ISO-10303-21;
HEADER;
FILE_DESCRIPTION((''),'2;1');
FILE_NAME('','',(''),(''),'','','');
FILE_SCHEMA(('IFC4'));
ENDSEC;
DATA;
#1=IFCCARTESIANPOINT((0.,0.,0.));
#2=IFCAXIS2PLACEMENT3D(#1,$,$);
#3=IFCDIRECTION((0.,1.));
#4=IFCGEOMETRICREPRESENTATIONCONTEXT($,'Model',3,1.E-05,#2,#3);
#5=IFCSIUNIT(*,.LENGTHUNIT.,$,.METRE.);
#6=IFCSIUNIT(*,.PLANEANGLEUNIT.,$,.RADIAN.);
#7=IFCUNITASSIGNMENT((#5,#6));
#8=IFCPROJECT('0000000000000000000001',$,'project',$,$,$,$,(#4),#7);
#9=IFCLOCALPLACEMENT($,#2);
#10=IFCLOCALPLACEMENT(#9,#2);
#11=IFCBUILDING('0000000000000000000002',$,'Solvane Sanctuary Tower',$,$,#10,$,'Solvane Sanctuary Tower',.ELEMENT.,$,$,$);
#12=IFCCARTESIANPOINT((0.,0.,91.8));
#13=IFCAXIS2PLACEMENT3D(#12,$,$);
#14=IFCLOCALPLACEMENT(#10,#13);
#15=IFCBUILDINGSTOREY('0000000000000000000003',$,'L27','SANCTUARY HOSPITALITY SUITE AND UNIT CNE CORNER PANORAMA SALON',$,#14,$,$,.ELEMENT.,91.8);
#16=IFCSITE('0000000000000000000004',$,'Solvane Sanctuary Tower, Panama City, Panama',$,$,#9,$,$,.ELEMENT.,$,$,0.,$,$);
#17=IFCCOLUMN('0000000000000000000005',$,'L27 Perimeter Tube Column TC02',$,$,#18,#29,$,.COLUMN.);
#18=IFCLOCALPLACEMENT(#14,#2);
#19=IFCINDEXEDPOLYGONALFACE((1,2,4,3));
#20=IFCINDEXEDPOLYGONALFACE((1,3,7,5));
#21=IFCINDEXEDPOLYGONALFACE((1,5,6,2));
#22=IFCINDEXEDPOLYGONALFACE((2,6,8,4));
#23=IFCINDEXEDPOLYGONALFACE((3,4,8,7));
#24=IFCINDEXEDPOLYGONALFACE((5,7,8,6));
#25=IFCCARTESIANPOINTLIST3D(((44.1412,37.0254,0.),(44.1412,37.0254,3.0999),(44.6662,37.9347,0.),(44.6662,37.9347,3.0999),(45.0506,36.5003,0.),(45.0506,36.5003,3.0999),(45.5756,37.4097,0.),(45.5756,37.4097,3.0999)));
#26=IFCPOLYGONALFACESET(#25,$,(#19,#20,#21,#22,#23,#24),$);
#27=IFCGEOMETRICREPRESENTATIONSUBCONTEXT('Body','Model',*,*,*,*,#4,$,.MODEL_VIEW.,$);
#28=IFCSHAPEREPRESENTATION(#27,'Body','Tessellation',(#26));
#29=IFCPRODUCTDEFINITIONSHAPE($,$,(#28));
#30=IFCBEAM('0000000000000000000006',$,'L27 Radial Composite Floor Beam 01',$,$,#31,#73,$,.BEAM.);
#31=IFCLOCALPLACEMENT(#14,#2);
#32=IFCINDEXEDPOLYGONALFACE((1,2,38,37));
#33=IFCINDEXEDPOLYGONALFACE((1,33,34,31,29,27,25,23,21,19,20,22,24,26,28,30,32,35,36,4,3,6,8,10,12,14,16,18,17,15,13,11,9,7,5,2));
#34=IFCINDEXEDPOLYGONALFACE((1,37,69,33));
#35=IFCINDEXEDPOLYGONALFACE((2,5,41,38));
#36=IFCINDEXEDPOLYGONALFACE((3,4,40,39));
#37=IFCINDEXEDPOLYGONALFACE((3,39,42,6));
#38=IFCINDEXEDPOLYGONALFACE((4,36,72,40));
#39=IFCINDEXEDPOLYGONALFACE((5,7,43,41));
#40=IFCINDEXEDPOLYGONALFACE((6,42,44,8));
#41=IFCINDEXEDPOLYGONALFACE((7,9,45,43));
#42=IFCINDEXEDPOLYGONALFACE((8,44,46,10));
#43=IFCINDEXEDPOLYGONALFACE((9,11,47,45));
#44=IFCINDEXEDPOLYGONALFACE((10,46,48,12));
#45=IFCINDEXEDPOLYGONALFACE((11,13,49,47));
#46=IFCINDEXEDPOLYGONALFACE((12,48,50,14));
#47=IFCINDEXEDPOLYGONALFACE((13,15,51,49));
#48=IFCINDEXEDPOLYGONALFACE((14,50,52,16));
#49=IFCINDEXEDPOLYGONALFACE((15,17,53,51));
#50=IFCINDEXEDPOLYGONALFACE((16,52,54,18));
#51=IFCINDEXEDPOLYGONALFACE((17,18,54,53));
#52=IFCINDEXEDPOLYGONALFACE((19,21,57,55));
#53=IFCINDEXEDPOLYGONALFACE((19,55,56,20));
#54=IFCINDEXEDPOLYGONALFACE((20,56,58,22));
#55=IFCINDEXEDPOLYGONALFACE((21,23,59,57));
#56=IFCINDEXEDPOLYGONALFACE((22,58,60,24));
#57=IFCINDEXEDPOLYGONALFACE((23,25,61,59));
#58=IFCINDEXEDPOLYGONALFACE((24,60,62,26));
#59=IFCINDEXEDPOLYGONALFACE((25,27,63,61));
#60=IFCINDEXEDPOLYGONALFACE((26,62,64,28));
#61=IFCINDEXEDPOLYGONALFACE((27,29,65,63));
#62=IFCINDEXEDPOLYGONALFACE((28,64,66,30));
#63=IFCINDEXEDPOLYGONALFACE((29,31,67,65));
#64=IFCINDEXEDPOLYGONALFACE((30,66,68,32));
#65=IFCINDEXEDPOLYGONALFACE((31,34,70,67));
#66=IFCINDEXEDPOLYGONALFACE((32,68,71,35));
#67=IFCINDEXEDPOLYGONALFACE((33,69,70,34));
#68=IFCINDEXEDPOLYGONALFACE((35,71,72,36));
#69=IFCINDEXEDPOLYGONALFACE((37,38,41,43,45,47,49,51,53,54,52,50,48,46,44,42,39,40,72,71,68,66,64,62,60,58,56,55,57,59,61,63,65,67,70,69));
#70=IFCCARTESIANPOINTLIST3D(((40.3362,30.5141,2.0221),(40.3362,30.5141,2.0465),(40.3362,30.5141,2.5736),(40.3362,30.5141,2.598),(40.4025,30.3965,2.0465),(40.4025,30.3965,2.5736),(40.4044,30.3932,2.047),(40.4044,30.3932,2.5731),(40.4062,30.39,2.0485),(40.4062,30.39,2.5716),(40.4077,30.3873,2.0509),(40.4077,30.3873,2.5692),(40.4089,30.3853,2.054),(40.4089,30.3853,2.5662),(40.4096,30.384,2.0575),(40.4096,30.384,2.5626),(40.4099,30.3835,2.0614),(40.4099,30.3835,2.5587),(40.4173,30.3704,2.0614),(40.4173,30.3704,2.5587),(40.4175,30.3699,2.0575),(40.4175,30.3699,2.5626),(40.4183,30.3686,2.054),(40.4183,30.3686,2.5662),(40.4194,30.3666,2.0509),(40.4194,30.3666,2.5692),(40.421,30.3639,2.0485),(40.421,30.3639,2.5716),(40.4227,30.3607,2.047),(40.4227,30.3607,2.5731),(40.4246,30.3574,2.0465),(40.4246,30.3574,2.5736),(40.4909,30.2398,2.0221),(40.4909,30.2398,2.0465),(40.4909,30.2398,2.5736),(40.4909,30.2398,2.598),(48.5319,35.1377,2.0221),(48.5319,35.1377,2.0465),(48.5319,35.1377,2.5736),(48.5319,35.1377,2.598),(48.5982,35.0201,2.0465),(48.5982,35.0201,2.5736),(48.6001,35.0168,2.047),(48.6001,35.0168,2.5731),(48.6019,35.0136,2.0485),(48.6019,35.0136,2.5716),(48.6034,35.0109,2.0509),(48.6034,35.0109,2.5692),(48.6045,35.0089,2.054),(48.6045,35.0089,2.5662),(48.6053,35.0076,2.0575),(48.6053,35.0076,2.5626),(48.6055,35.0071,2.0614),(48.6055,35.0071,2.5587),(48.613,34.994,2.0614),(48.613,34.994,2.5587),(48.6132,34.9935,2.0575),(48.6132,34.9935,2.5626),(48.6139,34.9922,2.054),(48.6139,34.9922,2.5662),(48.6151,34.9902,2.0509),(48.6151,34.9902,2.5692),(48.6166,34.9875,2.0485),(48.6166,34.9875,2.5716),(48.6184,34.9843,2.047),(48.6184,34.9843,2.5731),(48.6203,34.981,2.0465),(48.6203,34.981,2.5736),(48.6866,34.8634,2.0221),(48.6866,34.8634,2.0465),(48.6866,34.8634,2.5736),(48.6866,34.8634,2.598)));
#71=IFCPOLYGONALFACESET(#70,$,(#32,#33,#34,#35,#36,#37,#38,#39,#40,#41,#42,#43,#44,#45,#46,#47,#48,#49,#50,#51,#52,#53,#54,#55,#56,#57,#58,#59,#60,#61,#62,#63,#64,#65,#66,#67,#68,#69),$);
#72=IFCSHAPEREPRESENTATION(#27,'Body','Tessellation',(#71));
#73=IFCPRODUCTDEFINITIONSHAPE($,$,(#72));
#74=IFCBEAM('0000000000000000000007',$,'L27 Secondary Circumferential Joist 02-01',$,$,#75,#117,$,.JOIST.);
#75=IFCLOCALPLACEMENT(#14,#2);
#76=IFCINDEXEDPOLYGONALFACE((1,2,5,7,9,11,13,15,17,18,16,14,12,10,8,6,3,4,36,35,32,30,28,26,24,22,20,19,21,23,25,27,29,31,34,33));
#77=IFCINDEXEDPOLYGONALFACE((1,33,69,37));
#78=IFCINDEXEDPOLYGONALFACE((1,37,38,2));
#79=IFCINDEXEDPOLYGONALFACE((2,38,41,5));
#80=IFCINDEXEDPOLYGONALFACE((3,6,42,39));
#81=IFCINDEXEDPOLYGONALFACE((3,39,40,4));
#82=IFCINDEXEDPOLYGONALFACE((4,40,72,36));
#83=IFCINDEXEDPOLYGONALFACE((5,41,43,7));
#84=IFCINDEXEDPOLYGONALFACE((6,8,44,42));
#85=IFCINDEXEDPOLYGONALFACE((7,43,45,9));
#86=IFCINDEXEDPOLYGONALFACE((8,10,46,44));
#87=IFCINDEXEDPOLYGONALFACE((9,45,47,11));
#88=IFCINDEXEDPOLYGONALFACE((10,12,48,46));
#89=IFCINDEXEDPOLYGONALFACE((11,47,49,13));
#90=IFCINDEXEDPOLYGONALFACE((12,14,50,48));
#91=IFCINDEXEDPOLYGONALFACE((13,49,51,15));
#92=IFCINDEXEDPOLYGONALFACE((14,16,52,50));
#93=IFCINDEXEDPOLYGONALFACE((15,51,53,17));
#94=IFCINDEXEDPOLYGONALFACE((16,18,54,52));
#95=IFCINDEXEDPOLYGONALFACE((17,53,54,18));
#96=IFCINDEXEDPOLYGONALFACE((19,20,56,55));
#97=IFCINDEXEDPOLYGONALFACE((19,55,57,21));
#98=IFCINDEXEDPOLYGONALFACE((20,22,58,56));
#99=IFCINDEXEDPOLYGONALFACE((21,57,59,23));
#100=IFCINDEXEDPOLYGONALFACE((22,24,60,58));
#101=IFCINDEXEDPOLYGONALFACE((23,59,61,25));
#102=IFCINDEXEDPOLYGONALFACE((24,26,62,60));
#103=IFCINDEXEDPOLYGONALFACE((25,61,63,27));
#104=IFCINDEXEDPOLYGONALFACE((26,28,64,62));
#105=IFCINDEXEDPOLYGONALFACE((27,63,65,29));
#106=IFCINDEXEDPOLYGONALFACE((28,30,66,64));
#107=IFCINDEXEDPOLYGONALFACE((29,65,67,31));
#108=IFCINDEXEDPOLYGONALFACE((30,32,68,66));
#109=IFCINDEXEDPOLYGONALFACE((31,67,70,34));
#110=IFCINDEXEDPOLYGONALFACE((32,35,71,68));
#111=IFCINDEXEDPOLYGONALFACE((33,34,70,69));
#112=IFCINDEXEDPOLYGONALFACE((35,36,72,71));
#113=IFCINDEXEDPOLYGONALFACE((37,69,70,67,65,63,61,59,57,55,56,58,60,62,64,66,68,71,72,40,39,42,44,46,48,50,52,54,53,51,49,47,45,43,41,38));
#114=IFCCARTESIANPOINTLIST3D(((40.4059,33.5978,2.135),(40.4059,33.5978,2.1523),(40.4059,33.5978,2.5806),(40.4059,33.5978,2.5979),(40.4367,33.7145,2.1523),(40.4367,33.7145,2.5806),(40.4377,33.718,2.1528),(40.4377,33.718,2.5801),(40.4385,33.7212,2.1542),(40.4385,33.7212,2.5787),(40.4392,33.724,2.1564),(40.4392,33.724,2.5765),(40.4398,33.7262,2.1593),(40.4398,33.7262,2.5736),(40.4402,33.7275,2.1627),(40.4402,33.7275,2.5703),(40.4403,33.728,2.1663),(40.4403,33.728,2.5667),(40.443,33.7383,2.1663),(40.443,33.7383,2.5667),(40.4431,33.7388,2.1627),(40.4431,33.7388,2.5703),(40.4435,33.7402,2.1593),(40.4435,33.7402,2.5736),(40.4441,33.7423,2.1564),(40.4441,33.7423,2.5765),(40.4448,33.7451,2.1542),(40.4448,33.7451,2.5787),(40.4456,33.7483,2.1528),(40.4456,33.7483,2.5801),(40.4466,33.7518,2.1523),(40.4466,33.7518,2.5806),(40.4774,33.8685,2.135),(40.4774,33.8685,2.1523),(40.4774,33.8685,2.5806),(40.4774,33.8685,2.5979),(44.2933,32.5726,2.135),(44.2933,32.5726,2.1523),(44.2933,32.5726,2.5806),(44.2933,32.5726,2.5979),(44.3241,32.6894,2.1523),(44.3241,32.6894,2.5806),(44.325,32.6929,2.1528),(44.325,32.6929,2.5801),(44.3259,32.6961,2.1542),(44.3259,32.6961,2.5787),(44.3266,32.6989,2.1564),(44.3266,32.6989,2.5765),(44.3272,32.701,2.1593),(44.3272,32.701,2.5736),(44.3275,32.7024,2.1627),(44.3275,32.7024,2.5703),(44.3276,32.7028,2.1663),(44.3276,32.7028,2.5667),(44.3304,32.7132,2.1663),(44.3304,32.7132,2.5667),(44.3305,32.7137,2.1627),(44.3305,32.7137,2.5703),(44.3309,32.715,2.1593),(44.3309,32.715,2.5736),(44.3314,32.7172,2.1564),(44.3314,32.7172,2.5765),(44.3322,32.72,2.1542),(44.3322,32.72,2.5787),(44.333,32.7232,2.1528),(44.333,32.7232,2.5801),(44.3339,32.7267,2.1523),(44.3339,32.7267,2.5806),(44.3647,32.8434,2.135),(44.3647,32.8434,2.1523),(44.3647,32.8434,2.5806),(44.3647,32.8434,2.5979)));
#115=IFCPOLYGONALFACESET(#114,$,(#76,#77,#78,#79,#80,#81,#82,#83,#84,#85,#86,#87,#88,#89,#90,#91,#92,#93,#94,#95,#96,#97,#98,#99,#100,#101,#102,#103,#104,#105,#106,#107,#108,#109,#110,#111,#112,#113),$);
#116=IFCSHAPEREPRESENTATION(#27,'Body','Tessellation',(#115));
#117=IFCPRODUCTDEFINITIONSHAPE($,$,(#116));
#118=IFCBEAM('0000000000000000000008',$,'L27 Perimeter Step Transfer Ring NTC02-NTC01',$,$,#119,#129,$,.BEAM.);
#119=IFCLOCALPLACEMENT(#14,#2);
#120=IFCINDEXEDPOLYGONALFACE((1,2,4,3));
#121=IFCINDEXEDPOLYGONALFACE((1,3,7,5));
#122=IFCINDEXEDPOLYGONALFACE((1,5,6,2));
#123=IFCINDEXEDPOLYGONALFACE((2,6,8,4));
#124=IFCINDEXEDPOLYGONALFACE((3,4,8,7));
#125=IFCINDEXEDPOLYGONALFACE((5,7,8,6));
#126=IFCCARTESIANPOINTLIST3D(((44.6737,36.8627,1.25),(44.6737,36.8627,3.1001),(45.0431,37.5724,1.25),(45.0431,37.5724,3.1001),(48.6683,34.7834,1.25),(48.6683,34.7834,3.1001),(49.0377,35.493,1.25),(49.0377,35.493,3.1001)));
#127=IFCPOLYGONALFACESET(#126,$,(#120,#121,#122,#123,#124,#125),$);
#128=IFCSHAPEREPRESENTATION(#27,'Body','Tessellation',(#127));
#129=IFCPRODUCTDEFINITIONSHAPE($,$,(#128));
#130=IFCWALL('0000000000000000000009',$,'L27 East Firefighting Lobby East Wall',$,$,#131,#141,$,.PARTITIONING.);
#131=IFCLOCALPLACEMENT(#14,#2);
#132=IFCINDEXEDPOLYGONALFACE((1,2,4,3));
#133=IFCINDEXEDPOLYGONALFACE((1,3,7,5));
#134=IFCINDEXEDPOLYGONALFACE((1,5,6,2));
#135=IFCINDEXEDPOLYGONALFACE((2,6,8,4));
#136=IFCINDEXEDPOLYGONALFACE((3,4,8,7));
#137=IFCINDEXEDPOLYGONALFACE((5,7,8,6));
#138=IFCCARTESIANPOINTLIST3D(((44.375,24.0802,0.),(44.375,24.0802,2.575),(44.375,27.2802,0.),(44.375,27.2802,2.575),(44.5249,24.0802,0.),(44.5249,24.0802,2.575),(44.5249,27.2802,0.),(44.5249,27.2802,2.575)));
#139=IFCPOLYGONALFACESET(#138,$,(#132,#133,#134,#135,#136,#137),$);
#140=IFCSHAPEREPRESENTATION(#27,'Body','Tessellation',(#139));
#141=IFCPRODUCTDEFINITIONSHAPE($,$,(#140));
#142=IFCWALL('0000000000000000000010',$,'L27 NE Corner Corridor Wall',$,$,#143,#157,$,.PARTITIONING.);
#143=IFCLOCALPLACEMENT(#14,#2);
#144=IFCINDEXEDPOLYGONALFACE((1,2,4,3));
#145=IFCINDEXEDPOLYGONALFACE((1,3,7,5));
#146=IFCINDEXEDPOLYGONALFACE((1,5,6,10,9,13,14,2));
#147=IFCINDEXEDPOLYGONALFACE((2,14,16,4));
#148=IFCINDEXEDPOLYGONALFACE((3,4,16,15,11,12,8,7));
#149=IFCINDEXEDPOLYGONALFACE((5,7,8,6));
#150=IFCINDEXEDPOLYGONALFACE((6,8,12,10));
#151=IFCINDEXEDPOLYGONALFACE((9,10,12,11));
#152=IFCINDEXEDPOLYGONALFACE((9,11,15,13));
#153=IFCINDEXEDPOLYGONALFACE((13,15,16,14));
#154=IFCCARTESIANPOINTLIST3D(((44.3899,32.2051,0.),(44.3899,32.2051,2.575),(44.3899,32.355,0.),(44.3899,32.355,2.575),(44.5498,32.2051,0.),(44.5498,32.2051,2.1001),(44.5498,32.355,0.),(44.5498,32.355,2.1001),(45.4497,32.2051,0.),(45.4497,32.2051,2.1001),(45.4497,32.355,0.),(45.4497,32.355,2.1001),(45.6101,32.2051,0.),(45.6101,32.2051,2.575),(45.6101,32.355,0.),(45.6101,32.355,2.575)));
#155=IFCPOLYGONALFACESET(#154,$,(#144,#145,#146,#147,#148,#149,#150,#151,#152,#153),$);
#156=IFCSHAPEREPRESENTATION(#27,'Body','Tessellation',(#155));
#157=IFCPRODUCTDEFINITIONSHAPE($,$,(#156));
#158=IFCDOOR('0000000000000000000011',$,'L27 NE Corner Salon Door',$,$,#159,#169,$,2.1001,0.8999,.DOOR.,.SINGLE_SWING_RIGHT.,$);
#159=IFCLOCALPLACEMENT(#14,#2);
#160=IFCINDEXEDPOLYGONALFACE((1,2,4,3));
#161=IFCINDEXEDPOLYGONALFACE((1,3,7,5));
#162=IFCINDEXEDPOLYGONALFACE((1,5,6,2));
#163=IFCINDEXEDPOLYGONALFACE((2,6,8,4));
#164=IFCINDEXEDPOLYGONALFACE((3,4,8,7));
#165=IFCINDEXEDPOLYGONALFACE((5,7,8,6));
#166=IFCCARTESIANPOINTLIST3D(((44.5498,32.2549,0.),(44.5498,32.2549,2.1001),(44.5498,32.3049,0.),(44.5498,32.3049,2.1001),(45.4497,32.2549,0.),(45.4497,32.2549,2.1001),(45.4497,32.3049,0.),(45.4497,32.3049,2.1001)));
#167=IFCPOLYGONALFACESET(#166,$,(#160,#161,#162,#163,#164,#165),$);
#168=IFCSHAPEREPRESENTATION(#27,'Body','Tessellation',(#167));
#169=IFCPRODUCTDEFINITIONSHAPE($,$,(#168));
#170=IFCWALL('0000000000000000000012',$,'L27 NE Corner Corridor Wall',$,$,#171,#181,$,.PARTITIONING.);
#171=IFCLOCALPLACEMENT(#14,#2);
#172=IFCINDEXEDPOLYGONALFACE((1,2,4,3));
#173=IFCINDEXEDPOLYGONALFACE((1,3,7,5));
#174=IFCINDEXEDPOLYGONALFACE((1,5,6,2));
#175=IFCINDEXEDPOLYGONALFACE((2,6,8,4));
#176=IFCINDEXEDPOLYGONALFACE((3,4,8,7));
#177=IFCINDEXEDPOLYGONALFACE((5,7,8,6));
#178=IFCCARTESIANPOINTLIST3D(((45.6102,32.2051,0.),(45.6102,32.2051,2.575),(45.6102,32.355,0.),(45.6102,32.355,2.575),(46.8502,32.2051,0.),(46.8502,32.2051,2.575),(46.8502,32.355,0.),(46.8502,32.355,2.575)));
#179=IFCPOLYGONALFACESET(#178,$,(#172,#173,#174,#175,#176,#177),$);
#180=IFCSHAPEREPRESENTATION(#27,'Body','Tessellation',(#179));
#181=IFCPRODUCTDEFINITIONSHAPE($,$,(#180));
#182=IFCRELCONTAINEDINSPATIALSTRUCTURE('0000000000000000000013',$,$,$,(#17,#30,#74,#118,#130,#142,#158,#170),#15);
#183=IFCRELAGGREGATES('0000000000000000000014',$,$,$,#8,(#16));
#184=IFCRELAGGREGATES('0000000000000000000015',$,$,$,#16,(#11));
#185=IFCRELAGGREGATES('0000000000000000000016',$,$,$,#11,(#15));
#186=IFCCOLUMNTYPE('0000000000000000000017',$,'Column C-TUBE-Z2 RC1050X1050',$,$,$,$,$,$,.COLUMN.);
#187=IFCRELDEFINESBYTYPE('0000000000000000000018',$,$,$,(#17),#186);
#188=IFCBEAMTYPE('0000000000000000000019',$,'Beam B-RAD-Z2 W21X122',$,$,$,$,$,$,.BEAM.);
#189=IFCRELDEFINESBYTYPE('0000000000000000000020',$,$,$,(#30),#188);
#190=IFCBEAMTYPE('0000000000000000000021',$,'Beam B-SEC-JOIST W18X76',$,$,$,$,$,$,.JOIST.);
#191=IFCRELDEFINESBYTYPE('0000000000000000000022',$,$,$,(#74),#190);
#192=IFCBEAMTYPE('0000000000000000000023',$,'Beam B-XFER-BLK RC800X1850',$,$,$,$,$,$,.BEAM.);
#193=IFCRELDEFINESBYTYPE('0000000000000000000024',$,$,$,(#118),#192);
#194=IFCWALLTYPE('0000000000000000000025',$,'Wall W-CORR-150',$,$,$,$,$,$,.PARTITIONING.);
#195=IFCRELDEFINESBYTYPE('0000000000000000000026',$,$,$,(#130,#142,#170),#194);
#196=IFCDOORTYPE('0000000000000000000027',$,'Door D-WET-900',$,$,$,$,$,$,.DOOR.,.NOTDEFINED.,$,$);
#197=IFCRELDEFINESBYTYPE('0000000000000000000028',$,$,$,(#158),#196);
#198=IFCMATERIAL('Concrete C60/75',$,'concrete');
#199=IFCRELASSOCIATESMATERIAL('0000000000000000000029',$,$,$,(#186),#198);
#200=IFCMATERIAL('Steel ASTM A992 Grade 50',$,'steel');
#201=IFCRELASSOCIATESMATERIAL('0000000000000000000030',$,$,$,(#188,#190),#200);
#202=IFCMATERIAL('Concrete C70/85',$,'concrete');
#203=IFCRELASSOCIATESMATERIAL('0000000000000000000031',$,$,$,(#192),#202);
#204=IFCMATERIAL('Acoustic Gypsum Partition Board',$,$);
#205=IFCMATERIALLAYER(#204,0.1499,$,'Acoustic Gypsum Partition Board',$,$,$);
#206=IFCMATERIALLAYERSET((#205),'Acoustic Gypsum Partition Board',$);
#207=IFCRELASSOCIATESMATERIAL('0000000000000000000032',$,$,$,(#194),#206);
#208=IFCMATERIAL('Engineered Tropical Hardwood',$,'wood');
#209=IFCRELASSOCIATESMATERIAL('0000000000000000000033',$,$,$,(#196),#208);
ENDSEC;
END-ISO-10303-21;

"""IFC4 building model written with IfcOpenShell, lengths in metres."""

from ifc_helpers import new_model, si_unit, direction, frame, frame_2d, origin, origin_2d, place, context, subcontext, project, spatial, rectangle, i_section, extrude, material, layer, layer_set, material_profile, profile_set, type_object, element, fill, save


model = new_model("IFC4")

# Units and contexts
model_context = context("Model", 3, precision=1e-05, world=origin(), true_north=direction((0.0, 1.0)))
body_context = subcontext(model_context, "Body", "Model", "MODEL_VIEW")
ifc_project = project(units=[si_unit("LENGTHUNIT", "METRE"), si_unit("PLANEANGLEUNIT", "RADIAN")], contexts=[model_context])

# Site, building, storey
site_placement = place(None, origin())
site = spatial("IfcSite", under=ifc_project, at=site_placement, Name="Solvane Sanctuary Tower, Panama City, Panama", CompositionType="ELEMENT", RefElevation=0.0)
building_placement = place(site_placement, origin())
building = spatial("IfcBuilding", under=site, at=building_placement, Name="Solvane Sanctuary Tower", LongName="Solvane Sanctuary Tower", CompositionType="ELEMENT")
storey_placement = place(building_placement, frame((0.0, 0.0, 91.8)))
storey = spatial("IfcBuildingStorey", under=building, at=storey_placement, Name="L27", Description="SANCTUARY HOSPITALITY SUITE AND UNIT CNE CORNER PANORAMA SALON", CompositionType="ELEMENT", Elevation=91.8)

# Column
ifc_material_1 = material(Name="Concrete C60/75", Category="concrete")
ifc_material_profile_1 = material_profile(ifc_material_1, rectangle(XDim=1.05, YDim=1.05, at=origin_2d()), Name="RC1050X1050")
ifc_profile_set_1 = profile_set([ifc_material_profile_1], Name="Concrete C60/75")
column_type = type_object("IfcColumnType", Name="Column C-TUBE-Z2 RC1050X1050", PredefinedType="COLUMN", material=ifc_profile_set_1)
column_placement = place(storey_placement, frame((44.8584, 37.2175, 0.0), z_axis=(0.0, 0.0, 1.0), x_axis=(0.5, 0.866025, 0.0)))
element("IfcColumn", 1, at=column_placement, inside=storey, type_object=column_type, Name="L27 Perimeter Tube Column TC02", PredefinedType="COLUMN", context=body_context, shape_type="SweptSolid", body=[
    extrude(rectangle(XDim=1.05, YDim=1.05, at=origin_2d()), origin(), (0.0, 0.0, 1.0), 3.0999),
])

# Beams
ifc_material_2 = material(Name="Steel ASTM A992 Grade 50", Category="steel")
ifc_material_profile_2 = material_profile(ifc_material_2, i_section(OverallWidth=0.3149, OverallDepth=0.5759, WebThickness=0.0151, FlangeThickness=0.0244, FilletRadius=0.0149, at=origin_2d()), Name="W21X122")
ifc_profile_set_2 = profile_set([ifc_material_profile_2], Name="Steel ASTM A992 Grade 50")
beam_type_1 = type_object("IfcBeamType", Name="Beam B-RAD-Z2 W21X122", PredefinedType="BEAM", material=ifc_profile_set_2)
beam_1_placement = place(storey_placement, frame((40.4136, 30.377, 2.3101), z_axis=(0.87096, 0.491353, 0.0), x_axis=(-0.491353, 0.87096, 0.0)))
element("IfcBeam", 2, at=beam_1_placement, inside=storey, type_object=beam_type_1, Name="L27 Radial Composite Floor Beam 01", PredefinedType="BEAM", context=body_context, shape_type="SweptSolid", body=[
    extrude(i_section(OverallWidth=0.3149, OverallDepth=0.5759, WebThickness=0.0151, FlangeThickness=0.0244, FilletRadius=0.0149, at=origin_2d()), origin(), (0.0, 0.0, 1.0), 9.4099),
])
ifc_material_profile_3 = material_profile(ifc_material_2, i_section(OverallWidth=0.28, OverallDepth=0.4629, WebThickness=0.0107, FlangeThickness=0.0173, FilletRadius=0.0139, at=origin_2d()), Name="W18X76")
ifc_profile_set_3 = profile_set([ifc_material_profile_3], Name="Steel ASTM A992 Grade 50")
beam_type_2 = type_object("IfcBeamType", Name="Beam B-SEC-JOIST W18X76", PredefinedType="JOIST", material=ifc_profile_set_3)
beam_2_placement = place(storey_placement, frame((40.4417, 33.7332, 2.3665), z_axis=(0.966944, -0.254989, 0.0), x_axis=(0.254989, 0.966944, 0.0)))
element("IfcBeam", 3, at=beam_2_placement, inside=storey, type_object=beam_type_2, Name="L27 Secondary Circumferential Joist 02-01", PredefinedType="JOIST", context=body_context, shape_type="SweptSolid", body=[
    extrude(i_section(OverallWidth=0.28, OverallDepth=0.4629, WebThickness=0.0107, FlangeThickness=0.0173, FilletRadius=0.0139, at=origin_2d()), origin(), (0.0, 0.0, 1.0), 4.0203),
])
ifc_material_3 = material(Name="Concrete C70/85", Category="concrete")
ifc_material_profile_4 = material_profile(ifc_material_3, rectangle(XDim=0.8, YDim=1.8501, at=origin_2d()), Name="RC800X1850")
ifc_profile_set_4 = profile_set([ifc_material_profile_4], Name="Concrete C70/85")
beam_type_3 = type_object("IfcBeamType", Name="Beam B-XFER-BLK RC800X1850", PredefinedType="BEAM", material=ifc_profile_set_4)
beam_3_placement = place(storey_placement, frame((44.8584, 37.2175, 2.175), z_axis=(0.887022, -0.461727, 0.0), x_axis=(0.461727, 0.887022, 0.0)))
element("IfcBeam", 4, at=beam_3_placement, inside=storey, type_object=beam_type_3, Name="L27 Perimeter Step Transfer Ring NTC02-NTC01", PredefinedType="BEAM", context=body_context, shape_type="SweptSolid", body=[
    extrude(rectangle(XDim=0.8, YDim=1.8501, at=origin_2d()), origin(), (0.0, 0.0, 1.0), 4.5034),
])

# Wall
ifc_material_4 = material(Name="Acoustic Gypsum Partition Board")
ifc_layer_1 = layer(ifc_material_4, 0.1499, Name="Acoustic Gypsum Partition Board")
ifc_layer_set_1 = layer_set([ifc_layer_1], Name="Acoustic Gypsum Partition Board")
wall_type_1 = type_object("IfcWallType", Name="Wall W-CORR-150", PredefinedType="PARTITIONING", material=ifc_layer_set_1)
wall_1_placement = place(storey_placement, frame((44.45, 24.0801, 0.0), z_axis=(0.0, 0.0, 1.0), x_axis=(0.0, 1.0, 0.0)))
element("IfcWall", 5, at=wall_1_placement, inside=storey, type_object=wall_type_1, Name="L27 East Firefighting Lobby East Wall", PredefinedType="PARTITIONING", context=body_context, shape_type="SweptSolid", body=[
    extrude(rectangle(XDim=3.2, YDim=0.1499, at=frame_2d((1.6001, 0.0))), origin(), (0.0, 0.0, 1.0), 2.575),
])

# Wall, opening, door
wall_2_placement = place(storey_placement, frame((44.3899, 32.28, 0.0), z_axis=(0.0, 0.0, 1.0), x_axis=(1.0, 0.0, 0.0)))
wall_2 = element("IfcWall", 6, at=wall_2_placement, inside=storey, type_object=wall_type_1, Name="L27 NE Corner Corridor Wall", PredefinedType="PARTITIONING", context=body_context, shape_type="SweptSolid", body=[
    extrude(rectangle(XDim=1.2202, YDim=0.1499, at=frame_2d((0.6101, 0.0))), origin(), (0.0, 0.0, 1.0), 2.575),
])
opening_1_placement = place(wall_2_placement, frame((0.1599, 0.0, 0.0)))
opening_1 = element("IfcOpeningElement", 7, at=opening_1_placement, cuts=wall_2, PredefinedType="OPENING", context=body_context, shape_type="SweptSolid", body=[
    extrude(rectangle(XDim=0.8999, YDim=2.1001, at=frame_2d((0.45, 1.05))), frame((0.0, 0.085, 0.0), z_axis=(0.0, -1.0, 0.0), x_axis=(1.0, 0.0, 0.0)), (0.0, 0.0, 1.0), 0.1699),
])
ifc_material_5 = material(Name="Engineered Tropical Hardwood", Category="wood")
door_type_1 = type_object("IfcDoorType", Name="Door D-WET-900", OperationType="NOTDEFINED", PredefinedType="DOOR", material=ifc_material_5)
door_1_placement = place(opening_1_placement, origin())
door_1 = element("IfcDoor", 8, at=door_1_placement, inside=storey, type_object=door_type_1, Name="L27 NE Corner Salon Door", OperationType="SINGLE_SWING_RIGHT", OverallHeight=2.1001, OverallWidth=0.8999, PredefinedType="DOOR", context=body_context, shape_type="SweptSolid", body=[
    extrude(rectangle(XDim=0.8999, YDim=2.1001, at=frame_2d((0.45, 1.05))), frame((0.0, 0.0249, 0.0), z_axis=(0.0, -1.0, 0.0), x_axis=(1.0, 0.0, 0.0)), (0.0, 0.0, 1.0), 0.05),
])
fill(opening_1, door_1)

# Wall
wall_3_placement = place(storey_placement, frame((45.6101, 32.28, 0.0), z_axis=(0.0, 0.0, 1.0), x_axis=(1.0, 0.0, 0.0)))
element("IfcWall", 9, at=wall_3_placement, inside=storey, type_object=wall_type_1, Name="L27 NE Corner Corridor Wall", PredefinedType="PARTITIONING", context=body_context, shape_type="SweptSolid", body=[
    extrude(rectangle(XDim=1.24, YDim=0.1499, at=frame_2d((0.6201, 0.0))), origin(), (0.0, 0.0, 1.0), 2.575),
])

save(model, "model.ifc")
